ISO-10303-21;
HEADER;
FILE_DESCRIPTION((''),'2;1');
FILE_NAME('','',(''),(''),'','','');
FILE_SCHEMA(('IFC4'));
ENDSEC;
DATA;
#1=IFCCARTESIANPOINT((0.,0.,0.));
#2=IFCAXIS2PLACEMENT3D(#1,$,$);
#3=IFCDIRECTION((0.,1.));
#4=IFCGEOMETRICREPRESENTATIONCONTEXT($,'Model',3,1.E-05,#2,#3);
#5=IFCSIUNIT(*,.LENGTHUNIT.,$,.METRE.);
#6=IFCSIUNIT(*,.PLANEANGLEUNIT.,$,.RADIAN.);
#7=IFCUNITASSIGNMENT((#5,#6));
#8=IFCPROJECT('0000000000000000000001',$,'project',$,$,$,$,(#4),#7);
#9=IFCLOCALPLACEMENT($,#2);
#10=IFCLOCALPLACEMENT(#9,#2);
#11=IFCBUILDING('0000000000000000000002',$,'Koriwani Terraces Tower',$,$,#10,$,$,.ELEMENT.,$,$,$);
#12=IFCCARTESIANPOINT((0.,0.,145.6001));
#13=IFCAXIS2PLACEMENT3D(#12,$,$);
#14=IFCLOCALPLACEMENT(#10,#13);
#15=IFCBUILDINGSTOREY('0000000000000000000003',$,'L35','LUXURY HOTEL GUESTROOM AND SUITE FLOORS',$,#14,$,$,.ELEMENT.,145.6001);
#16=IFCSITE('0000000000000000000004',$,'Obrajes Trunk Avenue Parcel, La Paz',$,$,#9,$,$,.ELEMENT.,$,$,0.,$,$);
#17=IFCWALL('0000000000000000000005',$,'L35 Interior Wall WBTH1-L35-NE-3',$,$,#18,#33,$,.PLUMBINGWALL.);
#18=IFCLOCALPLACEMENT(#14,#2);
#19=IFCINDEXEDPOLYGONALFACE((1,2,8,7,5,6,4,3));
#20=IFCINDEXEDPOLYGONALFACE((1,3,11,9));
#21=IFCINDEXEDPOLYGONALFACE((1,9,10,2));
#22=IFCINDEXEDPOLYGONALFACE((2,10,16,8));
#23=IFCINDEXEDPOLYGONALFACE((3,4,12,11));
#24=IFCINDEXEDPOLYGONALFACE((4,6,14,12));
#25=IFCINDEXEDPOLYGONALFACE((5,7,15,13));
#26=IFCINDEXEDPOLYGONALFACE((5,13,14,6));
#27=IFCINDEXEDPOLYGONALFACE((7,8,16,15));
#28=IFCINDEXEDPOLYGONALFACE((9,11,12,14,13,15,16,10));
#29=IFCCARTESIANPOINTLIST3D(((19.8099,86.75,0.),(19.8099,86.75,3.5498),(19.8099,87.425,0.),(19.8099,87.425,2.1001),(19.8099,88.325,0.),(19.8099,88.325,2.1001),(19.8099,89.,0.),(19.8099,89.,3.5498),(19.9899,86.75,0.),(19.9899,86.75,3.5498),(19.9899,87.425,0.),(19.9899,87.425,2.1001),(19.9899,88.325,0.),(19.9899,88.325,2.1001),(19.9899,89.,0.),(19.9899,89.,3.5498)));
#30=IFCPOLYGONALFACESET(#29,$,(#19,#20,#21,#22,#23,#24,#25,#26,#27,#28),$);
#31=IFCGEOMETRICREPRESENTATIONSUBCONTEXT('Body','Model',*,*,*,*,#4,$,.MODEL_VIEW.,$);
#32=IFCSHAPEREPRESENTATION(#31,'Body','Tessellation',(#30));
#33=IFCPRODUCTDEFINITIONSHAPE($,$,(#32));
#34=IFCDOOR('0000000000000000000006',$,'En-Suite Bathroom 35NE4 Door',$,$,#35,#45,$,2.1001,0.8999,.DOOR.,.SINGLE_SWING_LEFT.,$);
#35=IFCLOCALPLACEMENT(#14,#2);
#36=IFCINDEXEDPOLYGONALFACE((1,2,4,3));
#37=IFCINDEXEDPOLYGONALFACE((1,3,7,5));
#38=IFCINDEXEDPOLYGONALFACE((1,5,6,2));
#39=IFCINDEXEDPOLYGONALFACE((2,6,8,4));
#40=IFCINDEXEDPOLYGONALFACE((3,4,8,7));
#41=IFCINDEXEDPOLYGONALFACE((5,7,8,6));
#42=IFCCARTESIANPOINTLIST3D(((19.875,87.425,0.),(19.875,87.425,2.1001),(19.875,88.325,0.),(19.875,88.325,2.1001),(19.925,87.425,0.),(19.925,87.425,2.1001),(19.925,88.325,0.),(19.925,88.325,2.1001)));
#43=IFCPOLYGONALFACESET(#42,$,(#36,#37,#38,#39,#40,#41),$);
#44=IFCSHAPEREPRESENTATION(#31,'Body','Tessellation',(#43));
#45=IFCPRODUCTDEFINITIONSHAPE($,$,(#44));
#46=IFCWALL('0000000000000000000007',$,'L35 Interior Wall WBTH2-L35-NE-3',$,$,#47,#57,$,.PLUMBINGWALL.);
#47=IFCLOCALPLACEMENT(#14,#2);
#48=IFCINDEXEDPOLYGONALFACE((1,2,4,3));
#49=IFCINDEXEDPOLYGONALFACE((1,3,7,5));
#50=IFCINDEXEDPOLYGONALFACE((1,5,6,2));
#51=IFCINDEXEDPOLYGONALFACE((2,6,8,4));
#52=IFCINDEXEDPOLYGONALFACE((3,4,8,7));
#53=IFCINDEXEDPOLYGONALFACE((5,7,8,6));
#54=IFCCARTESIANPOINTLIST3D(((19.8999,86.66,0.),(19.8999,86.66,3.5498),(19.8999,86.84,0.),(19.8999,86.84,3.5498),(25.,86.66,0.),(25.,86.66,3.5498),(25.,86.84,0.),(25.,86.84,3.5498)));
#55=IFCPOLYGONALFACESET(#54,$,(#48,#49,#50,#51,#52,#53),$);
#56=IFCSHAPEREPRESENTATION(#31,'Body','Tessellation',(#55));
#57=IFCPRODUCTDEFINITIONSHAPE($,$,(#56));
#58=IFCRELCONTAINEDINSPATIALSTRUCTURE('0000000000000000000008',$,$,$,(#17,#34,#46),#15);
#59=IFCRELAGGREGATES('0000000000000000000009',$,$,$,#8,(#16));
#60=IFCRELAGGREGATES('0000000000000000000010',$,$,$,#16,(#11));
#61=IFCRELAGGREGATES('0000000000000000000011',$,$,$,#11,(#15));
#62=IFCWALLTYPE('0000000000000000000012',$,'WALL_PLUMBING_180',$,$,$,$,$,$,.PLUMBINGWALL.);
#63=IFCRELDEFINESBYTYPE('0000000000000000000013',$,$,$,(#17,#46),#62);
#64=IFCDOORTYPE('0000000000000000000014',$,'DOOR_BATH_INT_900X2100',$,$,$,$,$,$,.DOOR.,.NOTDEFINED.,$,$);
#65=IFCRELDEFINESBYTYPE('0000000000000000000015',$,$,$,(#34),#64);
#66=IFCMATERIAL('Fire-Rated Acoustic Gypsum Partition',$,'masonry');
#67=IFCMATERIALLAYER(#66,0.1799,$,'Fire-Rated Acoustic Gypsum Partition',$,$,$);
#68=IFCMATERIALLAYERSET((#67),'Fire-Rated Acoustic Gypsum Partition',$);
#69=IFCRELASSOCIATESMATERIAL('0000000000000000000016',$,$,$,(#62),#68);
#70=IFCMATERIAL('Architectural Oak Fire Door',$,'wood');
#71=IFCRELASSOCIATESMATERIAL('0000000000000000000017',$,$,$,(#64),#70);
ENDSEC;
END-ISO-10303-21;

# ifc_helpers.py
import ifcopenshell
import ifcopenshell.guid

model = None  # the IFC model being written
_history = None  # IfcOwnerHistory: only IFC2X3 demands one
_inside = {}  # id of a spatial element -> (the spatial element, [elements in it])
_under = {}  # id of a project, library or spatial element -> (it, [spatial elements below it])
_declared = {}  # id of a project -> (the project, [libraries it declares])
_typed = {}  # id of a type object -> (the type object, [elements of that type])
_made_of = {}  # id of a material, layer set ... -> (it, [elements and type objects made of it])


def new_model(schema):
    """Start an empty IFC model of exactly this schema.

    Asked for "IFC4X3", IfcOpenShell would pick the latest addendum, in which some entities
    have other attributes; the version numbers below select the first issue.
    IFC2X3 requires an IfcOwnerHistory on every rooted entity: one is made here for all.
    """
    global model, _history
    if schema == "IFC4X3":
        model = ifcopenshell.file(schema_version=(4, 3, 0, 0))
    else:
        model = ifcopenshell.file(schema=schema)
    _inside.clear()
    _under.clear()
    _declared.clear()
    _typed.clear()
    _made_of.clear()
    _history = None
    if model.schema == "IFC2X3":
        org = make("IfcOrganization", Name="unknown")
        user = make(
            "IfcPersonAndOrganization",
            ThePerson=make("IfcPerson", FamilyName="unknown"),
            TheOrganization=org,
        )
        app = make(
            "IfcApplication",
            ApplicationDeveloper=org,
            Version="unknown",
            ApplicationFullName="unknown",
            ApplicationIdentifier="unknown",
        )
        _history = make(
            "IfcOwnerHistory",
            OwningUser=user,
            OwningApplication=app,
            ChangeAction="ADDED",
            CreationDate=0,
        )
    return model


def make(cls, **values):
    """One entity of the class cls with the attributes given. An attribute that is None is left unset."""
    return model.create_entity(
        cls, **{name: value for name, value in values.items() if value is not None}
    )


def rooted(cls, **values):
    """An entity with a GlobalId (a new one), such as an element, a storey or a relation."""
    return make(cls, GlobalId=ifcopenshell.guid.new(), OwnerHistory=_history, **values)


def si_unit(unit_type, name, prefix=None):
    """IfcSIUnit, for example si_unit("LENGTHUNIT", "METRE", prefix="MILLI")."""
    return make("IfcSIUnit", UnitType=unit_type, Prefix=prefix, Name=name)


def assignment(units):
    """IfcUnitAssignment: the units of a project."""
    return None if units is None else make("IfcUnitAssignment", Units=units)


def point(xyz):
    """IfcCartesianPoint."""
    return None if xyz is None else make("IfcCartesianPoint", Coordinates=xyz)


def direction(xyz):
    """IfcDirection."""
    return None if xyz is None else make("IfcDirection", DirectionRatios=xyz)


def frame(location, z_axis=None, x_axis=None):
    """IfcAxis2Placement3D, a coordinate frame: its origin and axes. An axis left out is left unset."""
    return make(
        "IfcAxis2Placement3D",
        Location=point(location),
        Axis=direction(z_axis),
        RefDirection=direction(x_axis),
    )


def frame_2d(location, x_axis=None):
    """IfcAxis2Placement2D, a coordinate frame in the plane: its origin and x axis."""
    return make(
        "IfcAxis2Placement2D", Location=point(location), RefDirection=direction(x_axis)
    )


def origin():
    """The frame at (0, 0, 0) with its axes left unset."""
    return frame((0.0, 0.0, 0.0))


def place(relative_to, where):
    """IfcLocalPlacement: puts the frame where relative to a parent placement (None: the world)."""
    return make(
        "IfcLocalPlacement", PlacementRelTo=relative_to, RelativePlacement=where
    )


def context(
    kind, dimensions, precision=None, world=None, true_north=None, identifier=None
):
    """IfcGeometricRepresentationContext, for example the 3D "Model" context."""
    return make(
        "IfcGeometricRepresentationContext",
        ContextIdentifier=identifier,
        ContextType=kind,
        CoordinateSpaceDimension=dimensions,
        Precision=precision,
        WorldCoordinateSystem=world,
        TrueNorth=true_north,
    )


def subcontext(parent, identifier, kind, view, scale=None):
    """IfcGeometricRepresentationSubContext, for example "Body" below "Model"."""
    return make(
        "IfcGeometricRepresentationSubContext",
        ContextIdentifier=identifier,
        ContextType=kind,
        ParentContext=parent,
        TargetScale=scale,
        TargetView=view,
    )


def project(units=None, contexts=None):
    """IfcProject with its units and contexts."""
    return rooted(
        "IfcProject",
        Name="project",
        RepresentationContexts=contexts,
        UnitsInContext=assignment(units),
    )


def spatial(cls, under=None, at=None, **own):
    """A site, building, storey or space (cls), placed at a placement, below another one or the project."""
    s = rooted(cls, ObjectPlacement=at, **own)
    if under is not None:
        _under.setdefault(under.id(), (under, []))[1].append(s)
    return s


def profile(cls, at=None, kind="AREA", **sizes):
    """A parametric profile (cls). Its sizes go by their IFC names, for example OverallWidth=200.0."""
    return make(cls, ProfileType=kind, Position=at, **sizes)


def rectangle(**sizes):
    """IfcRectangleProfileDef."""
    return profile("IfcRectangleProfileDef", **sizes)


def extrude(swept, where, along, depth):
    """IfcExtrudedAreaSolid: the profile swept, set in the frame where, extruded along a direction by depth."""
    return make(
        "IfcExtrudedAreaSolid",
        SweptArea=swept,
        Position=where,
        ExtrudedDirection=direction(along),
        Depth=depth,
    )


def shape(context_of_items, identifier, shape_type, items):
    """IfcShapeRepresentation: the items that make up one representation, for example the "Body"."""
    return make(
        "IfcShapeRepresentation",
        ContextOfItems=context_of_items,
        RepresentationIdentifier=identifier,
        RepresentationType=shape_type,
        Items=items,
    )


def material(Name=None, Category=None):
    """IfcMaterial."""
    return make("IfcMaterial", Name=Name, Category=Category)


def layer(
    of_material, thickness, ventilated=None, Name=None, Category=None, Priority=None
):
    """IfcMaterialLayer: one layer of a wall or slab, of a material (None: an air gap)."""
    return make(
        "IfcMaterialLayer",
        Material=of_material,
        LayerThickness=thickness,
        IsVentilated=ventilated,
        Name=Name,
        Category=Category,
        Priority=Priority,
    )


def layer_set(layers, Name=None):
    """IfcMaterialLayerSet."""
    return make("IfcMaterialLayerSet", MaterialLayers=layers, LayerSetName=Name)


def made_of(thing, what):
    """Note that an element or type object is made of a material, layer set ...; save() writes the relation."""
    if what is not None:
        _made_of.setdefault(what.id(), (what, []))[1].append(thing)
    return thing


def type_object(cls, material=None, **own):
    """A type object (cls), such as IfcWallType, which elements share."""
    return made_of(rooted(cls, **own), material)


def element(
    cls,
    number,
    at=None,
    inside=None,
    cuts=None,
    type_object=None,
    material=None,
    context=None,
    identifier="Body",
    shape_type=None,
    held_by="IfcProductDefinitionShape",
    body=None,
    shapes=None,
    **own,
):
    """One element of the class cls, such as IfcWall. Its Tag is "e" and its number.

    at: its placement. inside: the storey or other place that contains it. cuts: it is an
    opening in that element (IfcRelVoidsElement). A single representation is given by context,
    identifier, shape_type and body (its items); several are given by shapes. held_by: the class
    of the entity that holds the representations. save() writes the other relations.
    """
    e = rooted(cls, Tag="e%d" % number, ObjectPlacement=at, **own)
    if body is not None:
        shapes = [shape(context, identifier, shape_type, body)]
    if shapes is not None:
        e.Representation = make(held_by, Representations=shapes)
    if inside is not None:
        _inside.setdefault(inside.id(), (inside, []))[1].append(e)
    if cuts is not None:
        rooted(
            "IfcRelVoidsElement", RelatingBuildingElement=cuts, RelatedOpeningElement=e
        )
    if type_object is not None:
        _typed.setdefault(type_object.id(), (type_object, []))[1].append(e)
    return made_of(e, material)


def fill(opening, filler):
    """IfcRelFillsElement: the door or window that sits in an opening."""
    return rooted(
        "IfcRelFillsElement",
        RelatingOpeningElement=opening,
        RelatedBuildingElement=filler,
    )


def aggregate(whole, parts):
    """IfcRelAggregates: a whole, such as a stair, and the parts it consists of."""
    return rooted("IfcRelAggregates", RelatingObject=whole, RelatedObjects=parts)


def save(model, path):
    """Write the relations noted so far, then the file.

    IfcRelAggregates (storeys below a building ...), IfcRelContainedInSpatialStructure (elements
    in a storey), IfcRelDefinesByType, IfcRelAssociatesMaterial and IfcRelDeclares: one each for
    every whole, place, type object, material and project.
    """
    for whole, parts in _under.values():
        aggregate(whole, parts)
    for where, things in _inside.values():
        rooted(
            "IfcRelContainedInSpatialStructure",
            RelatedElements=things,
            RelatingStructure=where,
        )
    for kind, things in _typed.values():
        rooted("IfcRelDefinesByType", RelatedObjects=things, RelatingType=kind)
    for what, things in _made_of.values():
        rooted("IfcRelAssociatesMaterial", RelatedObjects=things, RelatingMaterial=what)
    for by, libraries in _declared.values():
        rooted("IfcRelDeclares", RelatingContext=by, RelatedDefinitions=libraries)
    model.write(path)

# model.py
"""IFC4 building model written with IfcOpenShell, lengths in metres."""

from ifc_helpers import new_model, si_unit, direction, frame, frame_2d, origin, place, context, subcontext, project, spatial, rectangle, extrude, material, layer, layer_set, type_object, element, fill, save


model = new_model("IFC4")

# Units and contexts
model_context = context("Model", 3, precision=1e-05, world=origin(), true_north=direction((0.0, 1.0)))
body_context = subcontext(model_context, "Body", "Model", "MODEL_VIEW")
ifc_project = project(units=[si_unit("LENGTHUNIT", "METRE"), si_unit("PLANEANGLEUNIT", "RADIAN")], contexts=[model_context])

# Site, building, storey
site_placement = place(None, origin())
site = spatial("IfcSite", under=ifc_project, at=site_placement, Name="Obrajes Trunk Avenue Parcel, La Paz", CompositionType="ELEMENT", RefElevation=0.0)
building_placement = place(site_placement, origin())
building = spatial("IfcBuilding", under=site, at=building_placement, Name="Koriwani Terraces Tower", CompositionType="ELEMENT")
storey_placement = place(building_placement, frame((0.0, 0.0, 145.6001)))
storey = spatial("IfcBuildingStorey", under=building, at=storey_placement, Name="L35", Description="LUXURY HOTEL GUESTROOM AND SUITE FLOORS", CompositionType="ELEMENT", Elevation=145.6001)

# Shared definitions
ifc_material_1 = material(Name="Fire-Rated Acoustic Gypsum Partition", Category="masonry")
ifc_layer_1 = layer(ifc_material_1, 0.1799, Name="Fire-Rated Acoustic Gypsum Partition")
ifc_layer_set_1 = layer_set([ifc_layer_1], Name="Fire-Rated Acoustic Gypsum Partition")
wall_type_1 = type_object("IfcWallType", Name="WALL_PLUMBING_180", PredefinedType="PLUMBINGWALL", material=ifc_layer_set_1)
ifc_material_2 = material(Name="Architectural Oak Fire Door", Category="wood")
door_type = type_object("IfcDoorType", Name="DOOR_BATH_INT_900X2100", OperationType="NOTDEFINED", PredefinedType="DOOR", material=ifc_material_2)

# Wall, opening, door
wall_1_placement = place(storey_placement, frame((19.8999, 86.75, 0.0), z_axis=(0.0, 0.0, 1.0), x_axis=(0.0, 1.0, 0.0)))
wall_1 = element("IfcWall", 1, at=wall_1_placement, inside=storey, type_object=wall_type_1, Name="L35 Interior Wall WBTH1-L35-NE-3", PredefinedType="PLUMBINGWALL", context=body_context, shape_type="SweptSolid", body=[
    extrude(rectangle(XDim=2.25, YDim=0.1799, at=frame_2d((1.125, 0.0))), origin(), (0.0, 0.0, 1.0), 3.5498),
])
opening_1_placement = place(wall_1_placement, frame((0.675, 0.0, 0.0)))
opening_1 = element("IfcOpeningElement", 2, at=opening_1_placement, cuts=wall_1, PredefinedType="OPENING", context=body_context, shape_type="SweptSolid", body=[
    extrude(rectangle(XDim=0.8999, YDim=2.1001, at=frame_2d((0.45, 1.05))), frame((0.0, 0.1001, 0.0), z_axis=(0.0, -1.0, 0.0), x_axis=(1.0, 0.0, 0.0)), (0.0, 0.0, 1.0), 0.2),
])
door_1_placement = place(opening_1_placement, origin())
door_1 = element("IfcDoor", 3, at=door_1_placement, inside=storey, type_object=door_type, Name="En-Suite Bathroom 35NE4 Door", OperationType="SINGLE_SWING_LEFT", OverallHeight=2.1001, OverallWidth=0.8999, PredefinedType="DOOR", context=body_context, shape_type="SweptSolid", body=[
    extrude(rectangle(XDim=0.8999, YDim=2.1001, at=frame_2d((0.45, 1.05))), frame((0.0, 0.0249, 0.0), z_axis=(0.0, -1.0, 0.0), x_axis=(1.0, 0.0, 0.0)), (0.0, 0.0, 1.0), 0.05),
])
fill(opening_1, door_1)

# Wall
wall_2_placement = place(storey_placement, frame((19.8999, 86.75, 0.0), z_axis=(0.0, 0.0, 1.0), x_axis=(1.0, 0.0, 0.0)))
element("IfcWall", 4, at=wall_2_placement, inside=storey, type_object=wall_type_1, Name="L35 Interior Wall WBTH2-L35-NE-3", PredefinedType="PLUMBINGWALL", context=body_context, shape_type="SweptSolid", body=[
    extrude(rectangle(XDim=5.1001, YDim=0.1799, at=frame_2d((2.55, 0.0))), origin(), (0.0, 0.0, 1.0), 3.5498),
])

save(model, "model.ifc")
